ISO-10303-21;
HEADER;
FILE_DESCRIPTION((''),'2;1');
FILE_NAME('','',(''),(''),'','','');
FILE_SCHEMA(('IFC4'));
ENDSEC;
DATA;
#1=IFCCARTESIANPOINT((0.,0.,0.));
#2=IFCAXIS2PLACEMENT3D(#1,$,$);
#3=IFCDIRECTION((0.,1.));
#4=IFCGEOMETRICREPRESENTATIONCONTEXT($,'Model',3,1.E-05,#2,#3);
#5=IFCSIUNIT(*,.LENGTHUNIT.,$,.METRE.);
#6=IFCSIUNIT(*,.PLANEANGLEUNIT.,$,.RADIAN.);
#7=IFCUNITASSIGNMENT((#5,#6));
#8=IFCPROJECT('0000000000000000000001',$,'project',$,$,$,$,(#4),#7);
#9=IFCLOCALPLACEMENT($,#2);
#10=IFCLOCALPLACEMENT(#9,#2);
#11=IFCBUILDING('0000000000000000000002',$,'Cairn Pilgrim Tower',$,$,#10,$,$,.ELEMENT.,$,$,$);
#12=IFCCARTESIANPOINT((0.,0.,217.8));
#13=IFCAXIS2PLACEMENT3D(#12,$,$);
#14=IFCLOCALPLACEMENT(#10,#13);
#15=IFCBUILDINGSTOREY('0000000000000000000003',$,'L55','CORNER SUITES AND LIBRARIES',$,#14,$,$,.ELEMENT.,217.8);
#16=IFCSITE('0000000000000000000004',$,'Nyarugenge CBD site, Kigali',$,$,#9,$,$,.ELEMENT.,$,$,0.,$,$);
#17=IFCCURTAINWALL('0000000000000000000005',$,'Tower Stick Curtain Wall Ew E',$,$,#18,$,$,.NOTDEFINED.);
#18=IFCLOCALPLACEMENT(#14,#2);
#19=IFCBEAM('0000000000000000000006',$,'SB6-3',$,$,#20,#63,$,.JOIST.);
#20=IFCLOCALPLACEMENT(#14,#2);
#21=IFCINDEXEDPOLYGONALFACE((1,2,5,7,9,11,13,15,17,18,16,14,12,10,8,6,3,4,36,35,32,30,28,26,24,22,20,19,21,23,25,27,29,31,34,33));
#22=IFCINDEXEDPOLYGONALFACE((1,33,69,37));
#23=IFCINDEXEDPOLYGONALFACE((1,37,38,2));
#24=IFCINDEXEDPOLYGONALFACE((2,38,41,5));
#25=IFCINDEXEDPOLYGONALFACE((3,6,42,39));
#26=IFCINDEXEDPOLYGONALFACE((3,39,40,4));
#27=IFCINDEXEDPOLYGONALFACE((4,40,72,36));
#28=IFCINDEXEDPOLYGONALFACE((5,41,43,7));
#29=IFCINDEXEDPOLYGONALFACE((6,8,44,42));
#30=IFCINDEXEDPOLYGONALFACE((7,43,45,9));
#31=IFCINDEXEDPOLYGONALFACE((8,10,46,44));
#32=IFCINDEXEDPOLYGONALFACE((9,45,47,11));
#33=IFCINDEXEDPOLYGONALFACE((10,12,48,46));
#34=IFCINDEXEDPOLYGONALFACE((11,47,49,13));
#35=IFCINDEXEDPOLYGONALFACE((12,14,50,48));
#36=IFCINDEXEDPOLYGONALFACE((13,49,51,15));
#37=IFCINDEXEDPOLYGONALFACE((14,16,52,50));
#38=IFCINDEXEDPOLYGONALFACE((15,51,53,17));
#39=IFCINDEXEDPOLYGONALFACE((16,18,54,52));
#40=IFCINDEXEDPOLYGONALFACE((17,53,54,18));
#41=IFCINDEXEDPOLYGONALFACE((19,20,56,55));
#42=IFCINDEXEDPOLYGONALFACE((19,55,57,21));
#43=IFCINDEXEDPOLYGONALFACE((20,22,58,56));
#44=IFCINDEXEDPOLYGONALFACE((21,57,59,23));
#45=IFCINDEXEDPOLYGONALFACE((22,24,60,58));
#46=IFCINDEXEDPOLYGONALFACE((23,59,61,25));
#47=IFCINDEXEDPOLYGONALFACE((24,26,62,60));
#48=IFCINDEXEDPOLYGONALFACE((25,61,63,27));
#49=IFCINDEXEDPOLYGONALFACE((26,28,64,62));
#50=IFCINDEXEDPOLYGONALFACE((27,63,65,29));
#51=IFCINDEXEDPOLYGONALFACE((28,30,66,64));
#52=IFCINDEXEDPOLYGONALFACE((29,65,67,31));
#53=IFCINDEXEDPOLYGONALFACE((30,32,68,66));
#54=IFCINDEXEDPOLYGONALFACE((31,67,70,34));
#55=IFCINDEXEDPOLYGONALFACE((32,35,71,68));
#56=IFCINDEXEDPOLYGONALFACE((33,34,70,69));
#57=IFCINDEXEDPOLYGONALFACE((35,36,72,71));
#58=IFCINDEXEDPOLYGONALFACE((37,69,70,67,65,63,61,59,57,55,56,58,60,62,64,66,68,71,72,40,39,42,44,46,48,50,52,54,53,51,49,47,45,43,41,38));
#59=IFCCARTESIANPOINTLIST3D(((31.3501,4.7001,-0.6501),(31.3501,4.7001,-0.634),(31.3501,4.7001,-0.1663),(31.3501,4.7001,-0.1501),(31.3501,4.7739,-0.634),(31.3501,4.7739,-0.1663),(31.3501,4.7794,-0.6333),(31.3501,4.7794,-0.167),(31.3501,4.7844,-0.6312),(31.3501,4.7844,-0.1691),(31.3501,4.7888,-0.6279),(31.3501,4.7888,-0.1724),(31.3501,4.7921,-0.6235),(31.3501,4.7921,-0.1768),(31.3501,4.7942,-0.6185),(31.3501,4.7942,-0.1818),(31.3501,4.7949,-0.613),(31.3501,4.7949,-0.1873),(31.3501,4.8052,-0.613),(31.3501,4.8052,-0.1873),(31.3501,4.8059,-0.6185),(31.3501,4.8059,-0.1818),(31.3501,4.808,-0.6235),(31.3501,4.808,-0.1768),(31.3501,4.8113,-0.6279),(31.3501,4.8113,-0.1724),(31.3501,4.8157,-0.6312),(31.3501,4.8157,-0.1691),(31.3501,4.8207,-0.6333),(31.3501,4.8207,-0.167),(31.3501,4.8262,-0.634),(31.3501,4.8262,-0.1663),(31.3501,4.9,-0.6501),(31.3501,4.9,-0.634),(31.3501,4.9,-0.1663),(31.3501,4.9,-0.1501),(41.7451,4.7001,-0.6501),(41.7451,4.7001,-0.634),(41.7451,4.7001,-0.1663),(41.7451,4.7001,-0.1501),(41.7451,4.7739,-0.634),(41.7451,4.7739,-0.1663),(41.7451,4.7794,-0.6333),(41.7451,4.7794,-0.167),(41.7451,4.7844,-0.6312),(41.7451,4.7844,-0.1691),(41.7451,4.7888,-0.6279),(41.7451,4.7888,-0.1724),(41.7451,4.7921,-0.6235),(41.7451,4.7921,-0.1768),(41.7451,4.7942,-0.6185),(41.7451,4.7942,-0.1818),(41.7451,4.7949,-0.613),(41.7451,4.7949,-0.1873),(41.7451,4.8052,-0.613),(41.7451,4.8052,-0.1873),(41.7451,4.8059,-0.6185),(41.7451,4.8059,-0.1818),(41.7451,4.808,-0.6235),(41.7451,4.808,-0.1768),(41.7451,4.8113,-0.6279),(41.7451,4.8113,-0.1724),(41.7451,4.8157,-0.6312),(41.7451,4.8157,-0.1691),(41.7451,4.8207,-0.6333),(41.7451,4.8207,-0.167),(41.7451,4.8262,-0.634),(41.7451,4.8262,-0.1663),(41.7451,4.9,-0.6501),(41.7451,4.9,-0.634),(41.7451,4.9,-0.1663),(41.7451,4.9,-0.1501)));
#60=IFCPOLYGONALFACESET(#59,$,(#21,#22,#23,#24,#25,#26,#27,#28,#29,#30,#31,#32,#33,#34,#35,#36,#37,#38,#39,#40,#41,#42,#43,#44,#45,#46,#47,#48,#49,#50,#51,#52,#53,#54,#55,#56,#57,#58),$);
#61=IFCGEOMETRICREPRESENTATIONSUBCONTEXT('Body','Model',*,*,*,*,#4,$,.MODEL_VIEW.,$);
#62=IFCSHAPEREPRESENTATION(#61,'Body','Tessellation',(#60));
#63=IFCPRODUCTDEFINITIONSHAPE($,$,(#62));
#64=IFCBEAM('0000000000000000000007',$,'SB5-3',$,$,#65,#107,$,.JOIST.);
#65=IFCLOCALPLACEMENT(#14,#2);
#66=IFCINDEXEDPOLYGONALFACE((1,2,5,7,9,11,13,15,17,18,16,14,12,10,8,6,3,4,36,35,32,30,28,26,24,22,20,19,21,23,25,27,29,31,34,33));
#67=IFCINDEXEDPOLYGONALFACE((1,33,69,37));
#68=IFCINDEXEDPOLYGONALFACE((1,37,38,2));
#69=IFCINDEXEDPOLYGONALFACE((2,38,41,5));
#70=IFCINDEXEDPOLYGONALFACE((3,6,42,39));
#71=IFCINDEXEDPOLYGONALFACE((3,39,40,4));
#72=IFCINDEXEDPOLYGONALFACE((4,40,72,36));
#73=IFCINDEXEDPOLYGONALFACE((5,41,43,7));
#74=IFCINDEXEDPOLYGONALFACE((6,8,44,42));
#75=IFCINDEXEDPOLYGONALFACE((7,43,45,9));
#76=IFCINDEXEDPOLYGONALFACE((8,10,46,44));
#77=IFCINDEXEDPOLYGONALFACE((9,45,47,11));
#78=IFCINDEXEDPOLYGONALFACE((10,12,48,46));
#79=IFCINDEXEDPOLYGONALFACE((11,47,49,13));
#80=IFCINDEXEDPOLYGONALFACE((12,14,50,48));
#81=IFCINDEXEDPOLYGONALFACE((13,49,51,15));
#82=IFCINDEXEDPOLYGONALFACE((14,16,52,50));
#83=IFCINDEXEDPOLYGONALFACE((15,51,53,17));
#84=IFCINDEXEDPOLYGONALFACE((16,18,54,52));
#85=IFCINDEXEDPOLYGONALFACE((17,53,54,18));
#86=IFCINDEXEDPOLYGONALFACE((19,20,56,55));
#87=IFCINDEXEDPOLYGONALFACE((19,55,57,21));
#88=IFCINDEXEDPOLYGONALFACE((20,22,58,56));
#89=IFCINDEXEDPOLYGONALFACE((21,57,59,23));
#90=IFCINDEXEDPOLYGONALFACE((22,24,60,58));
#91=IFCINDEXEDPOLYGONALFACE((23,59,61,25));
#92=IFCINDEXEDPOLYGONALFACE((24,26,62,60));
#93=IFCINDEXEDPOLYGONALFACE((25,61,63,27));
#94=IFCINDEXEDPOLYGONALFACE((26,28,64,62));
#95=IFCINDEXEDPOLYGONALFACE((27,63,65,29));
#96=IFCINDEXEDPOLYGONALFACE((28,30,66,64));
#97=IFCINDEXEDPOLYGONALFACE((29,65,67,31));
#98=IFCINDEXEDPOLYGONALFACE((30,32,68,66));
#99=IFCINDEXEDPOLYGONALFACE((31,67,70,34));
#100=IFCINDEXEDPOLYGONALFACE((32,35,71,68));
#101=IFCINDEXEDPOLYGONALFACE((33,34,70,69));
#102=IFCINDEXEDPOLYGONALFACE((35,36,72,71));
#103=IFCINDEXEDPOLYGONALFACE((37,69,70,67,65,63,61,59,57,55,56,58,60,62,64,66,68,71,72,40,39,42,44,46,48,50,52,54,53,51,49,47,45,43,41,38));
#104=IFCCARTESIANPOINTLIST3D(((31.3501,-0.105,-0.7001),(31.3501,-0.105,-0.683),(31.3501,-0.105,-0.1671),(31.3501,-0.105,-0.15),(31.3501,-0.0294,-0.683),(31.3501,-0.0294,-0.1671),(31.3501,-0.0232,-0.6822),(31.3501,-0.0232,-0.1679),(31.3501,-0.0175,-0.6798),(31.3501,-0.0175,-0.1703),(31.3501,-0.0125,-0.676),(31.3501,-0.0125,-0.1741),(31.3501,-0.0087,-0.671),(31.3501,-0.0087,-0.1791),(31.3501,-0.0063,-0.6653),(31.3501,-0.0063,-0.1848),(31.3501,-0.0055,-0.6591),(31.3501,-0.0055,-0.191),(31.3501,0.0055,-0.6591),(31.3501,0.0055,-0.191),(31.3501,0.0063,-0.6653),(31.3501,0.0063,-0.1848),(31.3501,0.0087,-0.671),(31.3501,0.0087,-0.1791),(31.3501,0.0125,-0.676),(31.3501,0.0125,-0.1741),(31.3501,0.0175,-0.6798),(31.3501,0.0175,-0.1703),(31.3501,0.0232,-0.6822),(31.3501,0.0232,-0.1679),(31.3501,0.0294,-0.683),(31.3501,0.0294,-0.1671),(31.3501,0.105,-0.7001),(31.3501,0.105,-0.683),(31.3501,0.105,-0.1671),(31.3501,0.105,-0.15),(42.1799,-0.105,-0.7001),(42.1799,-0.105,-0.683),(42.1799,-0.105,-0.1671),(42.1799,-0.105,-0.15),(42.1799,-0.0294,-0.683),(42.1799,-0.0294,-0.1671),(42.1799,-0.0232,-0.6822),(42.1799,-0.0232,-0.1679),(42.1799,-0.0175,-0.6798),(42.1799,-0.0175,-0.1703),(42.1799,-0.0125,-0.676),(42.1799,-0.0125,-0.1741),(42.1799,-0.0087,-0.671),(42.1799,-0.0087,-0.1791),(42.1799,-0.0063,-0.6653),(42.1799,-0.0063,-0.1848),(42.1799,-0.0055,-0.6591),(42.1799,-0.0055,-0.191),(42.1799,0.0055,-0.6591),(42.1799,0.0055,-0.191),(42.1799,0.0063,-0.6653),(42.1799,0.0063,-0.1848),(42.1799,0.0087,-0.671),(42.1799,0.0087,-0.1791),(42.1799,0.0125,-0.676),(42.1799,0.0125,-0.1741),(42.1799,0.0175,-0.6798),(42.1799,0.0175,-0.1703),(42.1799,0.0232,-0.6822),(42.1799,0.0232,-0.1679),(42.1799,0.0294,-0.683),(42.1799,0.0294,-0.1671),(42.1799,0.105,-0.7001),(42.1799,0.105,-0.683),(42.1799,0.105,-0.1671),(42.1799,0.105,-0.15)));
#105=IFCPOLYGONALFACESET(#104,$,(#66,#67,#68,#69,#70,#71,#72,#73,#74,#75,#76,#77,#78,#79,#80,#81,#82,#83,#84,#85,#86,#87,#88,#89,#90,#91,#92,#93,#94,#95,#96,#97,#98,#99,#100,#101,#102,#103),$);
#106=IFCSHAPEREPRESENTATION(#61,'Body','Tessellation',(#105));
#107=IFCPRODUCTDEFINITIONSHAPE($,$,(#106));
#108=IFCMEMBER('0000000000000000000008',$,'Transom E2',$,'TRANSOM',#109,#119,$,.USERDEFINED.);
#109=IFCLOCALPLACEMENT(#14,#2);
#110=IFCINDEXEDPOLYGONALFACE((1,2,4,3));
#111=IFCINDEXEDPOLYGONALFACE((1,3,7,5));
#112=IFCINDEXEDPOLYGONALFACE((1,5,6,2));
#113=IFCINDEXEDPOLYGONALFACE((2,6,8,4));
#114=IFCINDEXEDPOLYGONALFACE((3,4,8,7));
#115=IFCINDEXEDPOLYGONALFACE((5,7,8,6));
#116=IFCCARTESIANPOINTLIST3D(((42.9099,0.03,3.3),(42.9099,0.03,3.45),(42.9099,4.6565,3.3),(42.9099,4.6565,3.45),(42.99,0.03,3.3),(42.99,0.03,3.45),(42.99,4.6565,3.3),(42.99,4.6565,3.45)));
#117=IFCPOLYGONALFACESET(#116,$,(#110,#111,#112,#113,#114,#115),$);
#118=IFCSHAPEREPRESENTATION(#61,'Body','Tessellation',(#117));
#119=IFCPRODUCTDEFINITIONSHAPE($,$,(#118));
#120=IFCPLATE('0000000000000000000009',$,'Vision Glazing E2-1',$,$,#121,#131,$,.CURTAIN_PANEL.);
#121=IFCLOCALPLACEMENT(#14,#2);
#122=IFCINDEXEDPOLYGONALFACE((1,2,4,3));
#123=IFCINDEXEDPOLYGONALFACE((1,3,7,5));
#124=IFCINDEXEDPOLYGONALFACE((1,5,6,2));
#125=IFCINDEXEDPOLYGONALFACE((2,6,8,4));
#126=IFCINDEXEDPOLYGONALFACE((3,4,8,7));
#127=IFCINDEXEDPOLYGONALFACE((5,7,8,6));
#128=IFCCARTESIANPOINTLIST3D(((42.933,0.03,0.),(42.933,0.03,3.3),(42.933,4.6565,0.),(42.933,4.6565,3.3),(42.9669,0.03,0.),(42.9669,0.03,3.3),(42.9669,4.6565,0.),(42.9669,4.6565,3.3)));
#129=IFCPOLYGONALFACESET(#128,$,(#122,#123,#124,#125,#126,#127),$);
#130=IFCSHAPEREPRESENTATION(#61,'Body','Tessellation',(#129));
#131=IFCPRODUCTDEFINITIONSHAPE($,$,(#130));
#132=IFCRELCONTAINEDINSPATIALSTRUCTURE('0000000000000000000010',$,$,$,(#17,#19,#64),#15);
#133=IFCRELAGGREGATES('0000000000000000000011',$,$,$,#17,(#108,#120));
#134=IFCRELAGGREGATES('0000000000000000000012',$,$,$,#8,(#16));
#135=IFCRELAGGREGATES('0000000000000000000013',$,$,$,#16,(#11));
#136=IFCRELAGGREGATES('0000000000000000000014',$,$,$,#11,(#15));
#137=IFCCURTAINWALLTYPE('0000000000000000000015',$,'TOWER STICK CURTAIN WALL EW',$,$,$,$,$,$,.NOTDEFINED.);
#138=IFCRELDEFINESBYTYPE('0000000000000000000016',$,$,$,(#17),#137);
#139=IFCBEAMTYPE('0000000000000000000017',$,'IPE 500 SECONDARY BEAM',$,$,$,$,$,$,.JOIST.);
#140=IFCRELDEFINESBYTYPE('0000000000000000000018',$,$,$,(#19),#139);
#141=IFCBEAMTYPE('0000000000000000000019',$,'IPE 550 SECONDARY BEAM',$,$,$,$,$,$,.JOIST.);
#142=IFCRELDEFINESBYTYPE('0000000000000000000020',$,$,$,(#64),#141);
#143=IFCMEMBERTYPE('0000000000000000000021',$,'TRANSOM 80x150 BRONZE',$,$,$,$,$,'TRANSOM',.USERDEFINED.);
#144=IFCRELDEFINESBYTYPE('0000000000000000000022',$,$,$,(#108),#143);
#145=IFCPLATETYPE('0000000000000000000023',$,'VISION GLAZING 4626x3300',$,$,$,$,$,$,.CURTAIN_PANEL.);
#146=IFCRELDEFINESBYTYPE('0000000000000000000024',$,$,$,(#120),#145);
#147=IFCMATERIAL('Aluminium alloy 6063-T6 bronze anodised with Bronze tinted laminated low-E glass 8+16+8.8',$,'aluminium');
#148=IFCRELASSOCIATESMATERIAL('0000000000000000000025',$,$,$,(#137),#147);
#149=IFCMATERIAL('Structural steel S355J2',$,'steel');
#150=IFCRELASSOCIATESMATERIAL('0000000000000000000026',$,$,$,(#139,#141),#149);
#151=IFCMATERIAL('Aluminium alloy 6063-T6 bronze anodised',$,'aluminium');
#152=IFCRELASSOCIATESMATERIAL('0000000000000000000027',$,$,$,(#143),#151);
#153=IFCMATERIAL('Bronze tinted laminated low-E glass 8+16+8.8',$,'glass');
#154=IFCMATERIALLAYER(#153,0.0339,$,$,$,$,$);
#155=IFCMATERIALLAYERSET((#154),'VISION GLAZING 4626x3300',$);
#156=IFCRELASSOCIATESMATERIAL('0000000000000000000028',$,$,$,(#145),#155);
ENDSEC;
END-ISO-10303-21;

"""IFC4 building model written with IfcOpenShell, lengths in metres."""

from ifc_helpers import new_model, si_unit, direction, frame, origin, origin_2d, place, context, subcontext, project, spatial, rectangle, i_section, extrude, material, layer, layer_set, material_profile, profile_set, type_object, element, aggregate, save


model = new_model("IFC4")

# Units and contexts
model_context = context("Model", 3, precision=1e-05, world=origin(), true_north=direction((0.0, 1.0)))
body_context = subcontext(model_context, "Body", "Model", "MODEL_VIEW")
ifc_project = project(units=[si_unit("LENGTHUNIT", "METRE"), si_unit("PLANEANGLEUNIT", "RADIAN")], contexts=[model_context])

# Site, building, storey
site_placement = place(None, origin())
site = spatial("IfcSite", under=ifc_project, at=site_placement, Name="Nyarugenge CBD site, Kigali", CompositionType="ELEMENT", RefElevation=0.0)
building_placement = place(site_placement, origin())
building = spatial("IfcBuilding", under=site, at=building_placement, Name="Cairn Pilgrim Tower", CompositionType="ELEMENT")
storey_placement = place(building_placement, frame((0.0, 0.0, 217.8)))
storey = spatial("IfcBuildingStorey", under=building, at=storey_placement, Name="L55", Description="CORNER SUITES AND LIBRARIES", CompositionType="ELEMENT", Elevation=217.8)

# Shared definitions
ifc_material_1 = material(Name="Structural steel S355J2", Category="steel")

# Curtain wall
ifc_material_2 = material(Name="Aluminium alloy 6063-T6 bronze anodised with Bronze tinted laminated low-E glass 8+16+8.8", Category="aluminium")
curtain_wall_type_1 = type_object("IfcCurtainWallType", Name="TOWER STICK CURTAIN WALL EW", PredefinedType="NOTDEFINED", material=ifc_material_2)
curtain_wall_1_placement = place(storey_placement, origin())
curtain_wall_1 = element("IfcCurtainWall", 1, at=curtain_wall_1_placement, inside=storey, type_object=curtain_wall_type_1, Name="Tower Stick Curtain Wall Ew E", PredefinedType="NOTDEFINED")
ifc_material_3 = material(Name="Aluminium alloy 6063-T6 bronze anodised", Category="aluminium")

# Beams
ifc_material_profile_1 = material_profile(ifc_material_1, i_section(OverallWidth=0.2, OverallDepth=0.5, WebThickness=0.0103, FlangeThickness=0.0161, FilletRadius=0.021, at=origin_2d()), Name="IPE 500")
ifc_profile_set_1 = profile_set([ifc_material_profile_1], Name="Structural steel S355J2")
beam_type_1 = type_object("IfcBeamType", Name="IPE 500 SECONDARY BEAM", PredefinedType="JOIST", material=ifc_profile_set_1)
beam_1_placement = place(storey_placement, frame((31.3501, 4.8, -0.4001), z_axis=(1.0, 0.0, 0.0), x_axis=(0.0, 1.0, 0.0)))
element("IfcBeam", 2, at=beam_1_placement, inside=storey, type_object=beam_type_1, Name="SB6-3", PredefinedType="JOIST", context=body_context, shape_type="SweptSolid", body=[
    extrude(i_section(OverallWidth=0.2, OverallDepth=0.5, WebThickness=0.0103, FlangeThickness=0.0161, FilletRadius=0.021, at=origin_2d()), origin(), (0.0, 0.0, 1.0), 10.395),
])
ifc_material_profile_2 = material_profile(ifc_material_1, i_section(OverallWidth=0.21, OverallDepth=0.55, WebThickness=0.011, FlangeThickness=0.0171, FilletRadius=0.0239, at=origin_2d()), Name="IPE 550")
ifc_profile_set_2 = profile_set([ifc_material_profile_2], Name="Structural steel S355J2")
beam_type_2 = type_object("IfcBeamType", Name="IPE 550 SECONDARY BEAM", PredefinedType="JOIST", material=ifc_profile_set_2)
beam_2_placement = place(storey_placement, frame((31.3501, 0.0, -0.425), z_axis=(1.0, 0.0, 0.0), x_axis=(0.0, 1.0, 0.0)))
element("IfcBeam", 3, at=beam_2_placement, inside=storey, type_object=beam_type_2, Name="SB5-3", PredefinedType="JOIST", context=body_context, shape_type="SweptSolid", body=[
    extrude(i_section(OverallWidth=0.21, OverallDepth=0.55, WebThickness=0.011, FlangeThickness=0.0171, FilletRadius=0.0239, at=origin_2d()), origin(), (0.0, 0.0, 1.0), 10.8298),
])

# Member
ifc_material_profile_3 = material_profile(ifc_material_3, rectangle(XDim=0.0801, YDim=0.1499, at=origin_2d()), Name="TRANSOM 80x150 BRONZE")
ifc_profile_set_3 = profile_set([ifc_material_profile_3], Name="Aluminium alloy 6063-T6 bronze anodised")
member_type_1 = type_object("IfcMemberType", Name="TRANSOM 80x150 BRONZE", ElementType="TRANSOM", PredefinedType="USERDEFINED", material=ifc_profile_set_3)
member_1_placement = place(storey_placement, frame((42.95, 0.03, 3.375), z_axis=(0.0, 1.0, 0.0), x_axis=(-1.0, 0.0, 0.0)))
member_1 = element("IfcMember", 4, at=member_1_placement, type_object=member_type_1, Name="Transom E2", ObjectType="TRANSOM", PredefinedType="USERDEFINED", context=body_context, shape_type="SweptSolid", body=[
    extrude(rectangle(XDim=0.0801, YDim=0.1499, at=origin_2d()), origin(), (0.0, 0.0, 1.0), 4.6265),
])

# Plate
ifc_material_4 = material(Name="Bronze tinted laminated low-E glass 8+16+8.8", Category="glass")
ifc_layer_1 = layer(ifc_material_4, 0.0339)
ifc_layer_set_1 = layer_set([ifc_layer_1], Name="VISION GLAZING 4626x3300")
plate_type = type_object("IfcPlateType", Name="VISION GLAZING 4626x3300", PredefinedType="CURTAIN_PANEL", material=ifc_layer_set_1)
plate_placement = place(storey_placement, frame((42.95, 2.3433, 0.0), z_axis=(0.0, 0.0, 1.0), x_axis=(0.0, 1.0, 0.0)))
plate = element("IfcPlate", 5, at=plate_placement, type_object=plate_type, Name="Vision Glazing E2-1", PredefinedType="CURTAIN_PANEL", context=body_context, shape_type="SweptSolid", body=[
    extrude(rectangle(XDim=4.6265, YDim=0.0339, at=origin_2d()), origin(), (0.0, 0.0, 1.0), 3.3),
])
aggregate(curtain_wall_1, [member_1, plate])

save(model, "model.ifc")
